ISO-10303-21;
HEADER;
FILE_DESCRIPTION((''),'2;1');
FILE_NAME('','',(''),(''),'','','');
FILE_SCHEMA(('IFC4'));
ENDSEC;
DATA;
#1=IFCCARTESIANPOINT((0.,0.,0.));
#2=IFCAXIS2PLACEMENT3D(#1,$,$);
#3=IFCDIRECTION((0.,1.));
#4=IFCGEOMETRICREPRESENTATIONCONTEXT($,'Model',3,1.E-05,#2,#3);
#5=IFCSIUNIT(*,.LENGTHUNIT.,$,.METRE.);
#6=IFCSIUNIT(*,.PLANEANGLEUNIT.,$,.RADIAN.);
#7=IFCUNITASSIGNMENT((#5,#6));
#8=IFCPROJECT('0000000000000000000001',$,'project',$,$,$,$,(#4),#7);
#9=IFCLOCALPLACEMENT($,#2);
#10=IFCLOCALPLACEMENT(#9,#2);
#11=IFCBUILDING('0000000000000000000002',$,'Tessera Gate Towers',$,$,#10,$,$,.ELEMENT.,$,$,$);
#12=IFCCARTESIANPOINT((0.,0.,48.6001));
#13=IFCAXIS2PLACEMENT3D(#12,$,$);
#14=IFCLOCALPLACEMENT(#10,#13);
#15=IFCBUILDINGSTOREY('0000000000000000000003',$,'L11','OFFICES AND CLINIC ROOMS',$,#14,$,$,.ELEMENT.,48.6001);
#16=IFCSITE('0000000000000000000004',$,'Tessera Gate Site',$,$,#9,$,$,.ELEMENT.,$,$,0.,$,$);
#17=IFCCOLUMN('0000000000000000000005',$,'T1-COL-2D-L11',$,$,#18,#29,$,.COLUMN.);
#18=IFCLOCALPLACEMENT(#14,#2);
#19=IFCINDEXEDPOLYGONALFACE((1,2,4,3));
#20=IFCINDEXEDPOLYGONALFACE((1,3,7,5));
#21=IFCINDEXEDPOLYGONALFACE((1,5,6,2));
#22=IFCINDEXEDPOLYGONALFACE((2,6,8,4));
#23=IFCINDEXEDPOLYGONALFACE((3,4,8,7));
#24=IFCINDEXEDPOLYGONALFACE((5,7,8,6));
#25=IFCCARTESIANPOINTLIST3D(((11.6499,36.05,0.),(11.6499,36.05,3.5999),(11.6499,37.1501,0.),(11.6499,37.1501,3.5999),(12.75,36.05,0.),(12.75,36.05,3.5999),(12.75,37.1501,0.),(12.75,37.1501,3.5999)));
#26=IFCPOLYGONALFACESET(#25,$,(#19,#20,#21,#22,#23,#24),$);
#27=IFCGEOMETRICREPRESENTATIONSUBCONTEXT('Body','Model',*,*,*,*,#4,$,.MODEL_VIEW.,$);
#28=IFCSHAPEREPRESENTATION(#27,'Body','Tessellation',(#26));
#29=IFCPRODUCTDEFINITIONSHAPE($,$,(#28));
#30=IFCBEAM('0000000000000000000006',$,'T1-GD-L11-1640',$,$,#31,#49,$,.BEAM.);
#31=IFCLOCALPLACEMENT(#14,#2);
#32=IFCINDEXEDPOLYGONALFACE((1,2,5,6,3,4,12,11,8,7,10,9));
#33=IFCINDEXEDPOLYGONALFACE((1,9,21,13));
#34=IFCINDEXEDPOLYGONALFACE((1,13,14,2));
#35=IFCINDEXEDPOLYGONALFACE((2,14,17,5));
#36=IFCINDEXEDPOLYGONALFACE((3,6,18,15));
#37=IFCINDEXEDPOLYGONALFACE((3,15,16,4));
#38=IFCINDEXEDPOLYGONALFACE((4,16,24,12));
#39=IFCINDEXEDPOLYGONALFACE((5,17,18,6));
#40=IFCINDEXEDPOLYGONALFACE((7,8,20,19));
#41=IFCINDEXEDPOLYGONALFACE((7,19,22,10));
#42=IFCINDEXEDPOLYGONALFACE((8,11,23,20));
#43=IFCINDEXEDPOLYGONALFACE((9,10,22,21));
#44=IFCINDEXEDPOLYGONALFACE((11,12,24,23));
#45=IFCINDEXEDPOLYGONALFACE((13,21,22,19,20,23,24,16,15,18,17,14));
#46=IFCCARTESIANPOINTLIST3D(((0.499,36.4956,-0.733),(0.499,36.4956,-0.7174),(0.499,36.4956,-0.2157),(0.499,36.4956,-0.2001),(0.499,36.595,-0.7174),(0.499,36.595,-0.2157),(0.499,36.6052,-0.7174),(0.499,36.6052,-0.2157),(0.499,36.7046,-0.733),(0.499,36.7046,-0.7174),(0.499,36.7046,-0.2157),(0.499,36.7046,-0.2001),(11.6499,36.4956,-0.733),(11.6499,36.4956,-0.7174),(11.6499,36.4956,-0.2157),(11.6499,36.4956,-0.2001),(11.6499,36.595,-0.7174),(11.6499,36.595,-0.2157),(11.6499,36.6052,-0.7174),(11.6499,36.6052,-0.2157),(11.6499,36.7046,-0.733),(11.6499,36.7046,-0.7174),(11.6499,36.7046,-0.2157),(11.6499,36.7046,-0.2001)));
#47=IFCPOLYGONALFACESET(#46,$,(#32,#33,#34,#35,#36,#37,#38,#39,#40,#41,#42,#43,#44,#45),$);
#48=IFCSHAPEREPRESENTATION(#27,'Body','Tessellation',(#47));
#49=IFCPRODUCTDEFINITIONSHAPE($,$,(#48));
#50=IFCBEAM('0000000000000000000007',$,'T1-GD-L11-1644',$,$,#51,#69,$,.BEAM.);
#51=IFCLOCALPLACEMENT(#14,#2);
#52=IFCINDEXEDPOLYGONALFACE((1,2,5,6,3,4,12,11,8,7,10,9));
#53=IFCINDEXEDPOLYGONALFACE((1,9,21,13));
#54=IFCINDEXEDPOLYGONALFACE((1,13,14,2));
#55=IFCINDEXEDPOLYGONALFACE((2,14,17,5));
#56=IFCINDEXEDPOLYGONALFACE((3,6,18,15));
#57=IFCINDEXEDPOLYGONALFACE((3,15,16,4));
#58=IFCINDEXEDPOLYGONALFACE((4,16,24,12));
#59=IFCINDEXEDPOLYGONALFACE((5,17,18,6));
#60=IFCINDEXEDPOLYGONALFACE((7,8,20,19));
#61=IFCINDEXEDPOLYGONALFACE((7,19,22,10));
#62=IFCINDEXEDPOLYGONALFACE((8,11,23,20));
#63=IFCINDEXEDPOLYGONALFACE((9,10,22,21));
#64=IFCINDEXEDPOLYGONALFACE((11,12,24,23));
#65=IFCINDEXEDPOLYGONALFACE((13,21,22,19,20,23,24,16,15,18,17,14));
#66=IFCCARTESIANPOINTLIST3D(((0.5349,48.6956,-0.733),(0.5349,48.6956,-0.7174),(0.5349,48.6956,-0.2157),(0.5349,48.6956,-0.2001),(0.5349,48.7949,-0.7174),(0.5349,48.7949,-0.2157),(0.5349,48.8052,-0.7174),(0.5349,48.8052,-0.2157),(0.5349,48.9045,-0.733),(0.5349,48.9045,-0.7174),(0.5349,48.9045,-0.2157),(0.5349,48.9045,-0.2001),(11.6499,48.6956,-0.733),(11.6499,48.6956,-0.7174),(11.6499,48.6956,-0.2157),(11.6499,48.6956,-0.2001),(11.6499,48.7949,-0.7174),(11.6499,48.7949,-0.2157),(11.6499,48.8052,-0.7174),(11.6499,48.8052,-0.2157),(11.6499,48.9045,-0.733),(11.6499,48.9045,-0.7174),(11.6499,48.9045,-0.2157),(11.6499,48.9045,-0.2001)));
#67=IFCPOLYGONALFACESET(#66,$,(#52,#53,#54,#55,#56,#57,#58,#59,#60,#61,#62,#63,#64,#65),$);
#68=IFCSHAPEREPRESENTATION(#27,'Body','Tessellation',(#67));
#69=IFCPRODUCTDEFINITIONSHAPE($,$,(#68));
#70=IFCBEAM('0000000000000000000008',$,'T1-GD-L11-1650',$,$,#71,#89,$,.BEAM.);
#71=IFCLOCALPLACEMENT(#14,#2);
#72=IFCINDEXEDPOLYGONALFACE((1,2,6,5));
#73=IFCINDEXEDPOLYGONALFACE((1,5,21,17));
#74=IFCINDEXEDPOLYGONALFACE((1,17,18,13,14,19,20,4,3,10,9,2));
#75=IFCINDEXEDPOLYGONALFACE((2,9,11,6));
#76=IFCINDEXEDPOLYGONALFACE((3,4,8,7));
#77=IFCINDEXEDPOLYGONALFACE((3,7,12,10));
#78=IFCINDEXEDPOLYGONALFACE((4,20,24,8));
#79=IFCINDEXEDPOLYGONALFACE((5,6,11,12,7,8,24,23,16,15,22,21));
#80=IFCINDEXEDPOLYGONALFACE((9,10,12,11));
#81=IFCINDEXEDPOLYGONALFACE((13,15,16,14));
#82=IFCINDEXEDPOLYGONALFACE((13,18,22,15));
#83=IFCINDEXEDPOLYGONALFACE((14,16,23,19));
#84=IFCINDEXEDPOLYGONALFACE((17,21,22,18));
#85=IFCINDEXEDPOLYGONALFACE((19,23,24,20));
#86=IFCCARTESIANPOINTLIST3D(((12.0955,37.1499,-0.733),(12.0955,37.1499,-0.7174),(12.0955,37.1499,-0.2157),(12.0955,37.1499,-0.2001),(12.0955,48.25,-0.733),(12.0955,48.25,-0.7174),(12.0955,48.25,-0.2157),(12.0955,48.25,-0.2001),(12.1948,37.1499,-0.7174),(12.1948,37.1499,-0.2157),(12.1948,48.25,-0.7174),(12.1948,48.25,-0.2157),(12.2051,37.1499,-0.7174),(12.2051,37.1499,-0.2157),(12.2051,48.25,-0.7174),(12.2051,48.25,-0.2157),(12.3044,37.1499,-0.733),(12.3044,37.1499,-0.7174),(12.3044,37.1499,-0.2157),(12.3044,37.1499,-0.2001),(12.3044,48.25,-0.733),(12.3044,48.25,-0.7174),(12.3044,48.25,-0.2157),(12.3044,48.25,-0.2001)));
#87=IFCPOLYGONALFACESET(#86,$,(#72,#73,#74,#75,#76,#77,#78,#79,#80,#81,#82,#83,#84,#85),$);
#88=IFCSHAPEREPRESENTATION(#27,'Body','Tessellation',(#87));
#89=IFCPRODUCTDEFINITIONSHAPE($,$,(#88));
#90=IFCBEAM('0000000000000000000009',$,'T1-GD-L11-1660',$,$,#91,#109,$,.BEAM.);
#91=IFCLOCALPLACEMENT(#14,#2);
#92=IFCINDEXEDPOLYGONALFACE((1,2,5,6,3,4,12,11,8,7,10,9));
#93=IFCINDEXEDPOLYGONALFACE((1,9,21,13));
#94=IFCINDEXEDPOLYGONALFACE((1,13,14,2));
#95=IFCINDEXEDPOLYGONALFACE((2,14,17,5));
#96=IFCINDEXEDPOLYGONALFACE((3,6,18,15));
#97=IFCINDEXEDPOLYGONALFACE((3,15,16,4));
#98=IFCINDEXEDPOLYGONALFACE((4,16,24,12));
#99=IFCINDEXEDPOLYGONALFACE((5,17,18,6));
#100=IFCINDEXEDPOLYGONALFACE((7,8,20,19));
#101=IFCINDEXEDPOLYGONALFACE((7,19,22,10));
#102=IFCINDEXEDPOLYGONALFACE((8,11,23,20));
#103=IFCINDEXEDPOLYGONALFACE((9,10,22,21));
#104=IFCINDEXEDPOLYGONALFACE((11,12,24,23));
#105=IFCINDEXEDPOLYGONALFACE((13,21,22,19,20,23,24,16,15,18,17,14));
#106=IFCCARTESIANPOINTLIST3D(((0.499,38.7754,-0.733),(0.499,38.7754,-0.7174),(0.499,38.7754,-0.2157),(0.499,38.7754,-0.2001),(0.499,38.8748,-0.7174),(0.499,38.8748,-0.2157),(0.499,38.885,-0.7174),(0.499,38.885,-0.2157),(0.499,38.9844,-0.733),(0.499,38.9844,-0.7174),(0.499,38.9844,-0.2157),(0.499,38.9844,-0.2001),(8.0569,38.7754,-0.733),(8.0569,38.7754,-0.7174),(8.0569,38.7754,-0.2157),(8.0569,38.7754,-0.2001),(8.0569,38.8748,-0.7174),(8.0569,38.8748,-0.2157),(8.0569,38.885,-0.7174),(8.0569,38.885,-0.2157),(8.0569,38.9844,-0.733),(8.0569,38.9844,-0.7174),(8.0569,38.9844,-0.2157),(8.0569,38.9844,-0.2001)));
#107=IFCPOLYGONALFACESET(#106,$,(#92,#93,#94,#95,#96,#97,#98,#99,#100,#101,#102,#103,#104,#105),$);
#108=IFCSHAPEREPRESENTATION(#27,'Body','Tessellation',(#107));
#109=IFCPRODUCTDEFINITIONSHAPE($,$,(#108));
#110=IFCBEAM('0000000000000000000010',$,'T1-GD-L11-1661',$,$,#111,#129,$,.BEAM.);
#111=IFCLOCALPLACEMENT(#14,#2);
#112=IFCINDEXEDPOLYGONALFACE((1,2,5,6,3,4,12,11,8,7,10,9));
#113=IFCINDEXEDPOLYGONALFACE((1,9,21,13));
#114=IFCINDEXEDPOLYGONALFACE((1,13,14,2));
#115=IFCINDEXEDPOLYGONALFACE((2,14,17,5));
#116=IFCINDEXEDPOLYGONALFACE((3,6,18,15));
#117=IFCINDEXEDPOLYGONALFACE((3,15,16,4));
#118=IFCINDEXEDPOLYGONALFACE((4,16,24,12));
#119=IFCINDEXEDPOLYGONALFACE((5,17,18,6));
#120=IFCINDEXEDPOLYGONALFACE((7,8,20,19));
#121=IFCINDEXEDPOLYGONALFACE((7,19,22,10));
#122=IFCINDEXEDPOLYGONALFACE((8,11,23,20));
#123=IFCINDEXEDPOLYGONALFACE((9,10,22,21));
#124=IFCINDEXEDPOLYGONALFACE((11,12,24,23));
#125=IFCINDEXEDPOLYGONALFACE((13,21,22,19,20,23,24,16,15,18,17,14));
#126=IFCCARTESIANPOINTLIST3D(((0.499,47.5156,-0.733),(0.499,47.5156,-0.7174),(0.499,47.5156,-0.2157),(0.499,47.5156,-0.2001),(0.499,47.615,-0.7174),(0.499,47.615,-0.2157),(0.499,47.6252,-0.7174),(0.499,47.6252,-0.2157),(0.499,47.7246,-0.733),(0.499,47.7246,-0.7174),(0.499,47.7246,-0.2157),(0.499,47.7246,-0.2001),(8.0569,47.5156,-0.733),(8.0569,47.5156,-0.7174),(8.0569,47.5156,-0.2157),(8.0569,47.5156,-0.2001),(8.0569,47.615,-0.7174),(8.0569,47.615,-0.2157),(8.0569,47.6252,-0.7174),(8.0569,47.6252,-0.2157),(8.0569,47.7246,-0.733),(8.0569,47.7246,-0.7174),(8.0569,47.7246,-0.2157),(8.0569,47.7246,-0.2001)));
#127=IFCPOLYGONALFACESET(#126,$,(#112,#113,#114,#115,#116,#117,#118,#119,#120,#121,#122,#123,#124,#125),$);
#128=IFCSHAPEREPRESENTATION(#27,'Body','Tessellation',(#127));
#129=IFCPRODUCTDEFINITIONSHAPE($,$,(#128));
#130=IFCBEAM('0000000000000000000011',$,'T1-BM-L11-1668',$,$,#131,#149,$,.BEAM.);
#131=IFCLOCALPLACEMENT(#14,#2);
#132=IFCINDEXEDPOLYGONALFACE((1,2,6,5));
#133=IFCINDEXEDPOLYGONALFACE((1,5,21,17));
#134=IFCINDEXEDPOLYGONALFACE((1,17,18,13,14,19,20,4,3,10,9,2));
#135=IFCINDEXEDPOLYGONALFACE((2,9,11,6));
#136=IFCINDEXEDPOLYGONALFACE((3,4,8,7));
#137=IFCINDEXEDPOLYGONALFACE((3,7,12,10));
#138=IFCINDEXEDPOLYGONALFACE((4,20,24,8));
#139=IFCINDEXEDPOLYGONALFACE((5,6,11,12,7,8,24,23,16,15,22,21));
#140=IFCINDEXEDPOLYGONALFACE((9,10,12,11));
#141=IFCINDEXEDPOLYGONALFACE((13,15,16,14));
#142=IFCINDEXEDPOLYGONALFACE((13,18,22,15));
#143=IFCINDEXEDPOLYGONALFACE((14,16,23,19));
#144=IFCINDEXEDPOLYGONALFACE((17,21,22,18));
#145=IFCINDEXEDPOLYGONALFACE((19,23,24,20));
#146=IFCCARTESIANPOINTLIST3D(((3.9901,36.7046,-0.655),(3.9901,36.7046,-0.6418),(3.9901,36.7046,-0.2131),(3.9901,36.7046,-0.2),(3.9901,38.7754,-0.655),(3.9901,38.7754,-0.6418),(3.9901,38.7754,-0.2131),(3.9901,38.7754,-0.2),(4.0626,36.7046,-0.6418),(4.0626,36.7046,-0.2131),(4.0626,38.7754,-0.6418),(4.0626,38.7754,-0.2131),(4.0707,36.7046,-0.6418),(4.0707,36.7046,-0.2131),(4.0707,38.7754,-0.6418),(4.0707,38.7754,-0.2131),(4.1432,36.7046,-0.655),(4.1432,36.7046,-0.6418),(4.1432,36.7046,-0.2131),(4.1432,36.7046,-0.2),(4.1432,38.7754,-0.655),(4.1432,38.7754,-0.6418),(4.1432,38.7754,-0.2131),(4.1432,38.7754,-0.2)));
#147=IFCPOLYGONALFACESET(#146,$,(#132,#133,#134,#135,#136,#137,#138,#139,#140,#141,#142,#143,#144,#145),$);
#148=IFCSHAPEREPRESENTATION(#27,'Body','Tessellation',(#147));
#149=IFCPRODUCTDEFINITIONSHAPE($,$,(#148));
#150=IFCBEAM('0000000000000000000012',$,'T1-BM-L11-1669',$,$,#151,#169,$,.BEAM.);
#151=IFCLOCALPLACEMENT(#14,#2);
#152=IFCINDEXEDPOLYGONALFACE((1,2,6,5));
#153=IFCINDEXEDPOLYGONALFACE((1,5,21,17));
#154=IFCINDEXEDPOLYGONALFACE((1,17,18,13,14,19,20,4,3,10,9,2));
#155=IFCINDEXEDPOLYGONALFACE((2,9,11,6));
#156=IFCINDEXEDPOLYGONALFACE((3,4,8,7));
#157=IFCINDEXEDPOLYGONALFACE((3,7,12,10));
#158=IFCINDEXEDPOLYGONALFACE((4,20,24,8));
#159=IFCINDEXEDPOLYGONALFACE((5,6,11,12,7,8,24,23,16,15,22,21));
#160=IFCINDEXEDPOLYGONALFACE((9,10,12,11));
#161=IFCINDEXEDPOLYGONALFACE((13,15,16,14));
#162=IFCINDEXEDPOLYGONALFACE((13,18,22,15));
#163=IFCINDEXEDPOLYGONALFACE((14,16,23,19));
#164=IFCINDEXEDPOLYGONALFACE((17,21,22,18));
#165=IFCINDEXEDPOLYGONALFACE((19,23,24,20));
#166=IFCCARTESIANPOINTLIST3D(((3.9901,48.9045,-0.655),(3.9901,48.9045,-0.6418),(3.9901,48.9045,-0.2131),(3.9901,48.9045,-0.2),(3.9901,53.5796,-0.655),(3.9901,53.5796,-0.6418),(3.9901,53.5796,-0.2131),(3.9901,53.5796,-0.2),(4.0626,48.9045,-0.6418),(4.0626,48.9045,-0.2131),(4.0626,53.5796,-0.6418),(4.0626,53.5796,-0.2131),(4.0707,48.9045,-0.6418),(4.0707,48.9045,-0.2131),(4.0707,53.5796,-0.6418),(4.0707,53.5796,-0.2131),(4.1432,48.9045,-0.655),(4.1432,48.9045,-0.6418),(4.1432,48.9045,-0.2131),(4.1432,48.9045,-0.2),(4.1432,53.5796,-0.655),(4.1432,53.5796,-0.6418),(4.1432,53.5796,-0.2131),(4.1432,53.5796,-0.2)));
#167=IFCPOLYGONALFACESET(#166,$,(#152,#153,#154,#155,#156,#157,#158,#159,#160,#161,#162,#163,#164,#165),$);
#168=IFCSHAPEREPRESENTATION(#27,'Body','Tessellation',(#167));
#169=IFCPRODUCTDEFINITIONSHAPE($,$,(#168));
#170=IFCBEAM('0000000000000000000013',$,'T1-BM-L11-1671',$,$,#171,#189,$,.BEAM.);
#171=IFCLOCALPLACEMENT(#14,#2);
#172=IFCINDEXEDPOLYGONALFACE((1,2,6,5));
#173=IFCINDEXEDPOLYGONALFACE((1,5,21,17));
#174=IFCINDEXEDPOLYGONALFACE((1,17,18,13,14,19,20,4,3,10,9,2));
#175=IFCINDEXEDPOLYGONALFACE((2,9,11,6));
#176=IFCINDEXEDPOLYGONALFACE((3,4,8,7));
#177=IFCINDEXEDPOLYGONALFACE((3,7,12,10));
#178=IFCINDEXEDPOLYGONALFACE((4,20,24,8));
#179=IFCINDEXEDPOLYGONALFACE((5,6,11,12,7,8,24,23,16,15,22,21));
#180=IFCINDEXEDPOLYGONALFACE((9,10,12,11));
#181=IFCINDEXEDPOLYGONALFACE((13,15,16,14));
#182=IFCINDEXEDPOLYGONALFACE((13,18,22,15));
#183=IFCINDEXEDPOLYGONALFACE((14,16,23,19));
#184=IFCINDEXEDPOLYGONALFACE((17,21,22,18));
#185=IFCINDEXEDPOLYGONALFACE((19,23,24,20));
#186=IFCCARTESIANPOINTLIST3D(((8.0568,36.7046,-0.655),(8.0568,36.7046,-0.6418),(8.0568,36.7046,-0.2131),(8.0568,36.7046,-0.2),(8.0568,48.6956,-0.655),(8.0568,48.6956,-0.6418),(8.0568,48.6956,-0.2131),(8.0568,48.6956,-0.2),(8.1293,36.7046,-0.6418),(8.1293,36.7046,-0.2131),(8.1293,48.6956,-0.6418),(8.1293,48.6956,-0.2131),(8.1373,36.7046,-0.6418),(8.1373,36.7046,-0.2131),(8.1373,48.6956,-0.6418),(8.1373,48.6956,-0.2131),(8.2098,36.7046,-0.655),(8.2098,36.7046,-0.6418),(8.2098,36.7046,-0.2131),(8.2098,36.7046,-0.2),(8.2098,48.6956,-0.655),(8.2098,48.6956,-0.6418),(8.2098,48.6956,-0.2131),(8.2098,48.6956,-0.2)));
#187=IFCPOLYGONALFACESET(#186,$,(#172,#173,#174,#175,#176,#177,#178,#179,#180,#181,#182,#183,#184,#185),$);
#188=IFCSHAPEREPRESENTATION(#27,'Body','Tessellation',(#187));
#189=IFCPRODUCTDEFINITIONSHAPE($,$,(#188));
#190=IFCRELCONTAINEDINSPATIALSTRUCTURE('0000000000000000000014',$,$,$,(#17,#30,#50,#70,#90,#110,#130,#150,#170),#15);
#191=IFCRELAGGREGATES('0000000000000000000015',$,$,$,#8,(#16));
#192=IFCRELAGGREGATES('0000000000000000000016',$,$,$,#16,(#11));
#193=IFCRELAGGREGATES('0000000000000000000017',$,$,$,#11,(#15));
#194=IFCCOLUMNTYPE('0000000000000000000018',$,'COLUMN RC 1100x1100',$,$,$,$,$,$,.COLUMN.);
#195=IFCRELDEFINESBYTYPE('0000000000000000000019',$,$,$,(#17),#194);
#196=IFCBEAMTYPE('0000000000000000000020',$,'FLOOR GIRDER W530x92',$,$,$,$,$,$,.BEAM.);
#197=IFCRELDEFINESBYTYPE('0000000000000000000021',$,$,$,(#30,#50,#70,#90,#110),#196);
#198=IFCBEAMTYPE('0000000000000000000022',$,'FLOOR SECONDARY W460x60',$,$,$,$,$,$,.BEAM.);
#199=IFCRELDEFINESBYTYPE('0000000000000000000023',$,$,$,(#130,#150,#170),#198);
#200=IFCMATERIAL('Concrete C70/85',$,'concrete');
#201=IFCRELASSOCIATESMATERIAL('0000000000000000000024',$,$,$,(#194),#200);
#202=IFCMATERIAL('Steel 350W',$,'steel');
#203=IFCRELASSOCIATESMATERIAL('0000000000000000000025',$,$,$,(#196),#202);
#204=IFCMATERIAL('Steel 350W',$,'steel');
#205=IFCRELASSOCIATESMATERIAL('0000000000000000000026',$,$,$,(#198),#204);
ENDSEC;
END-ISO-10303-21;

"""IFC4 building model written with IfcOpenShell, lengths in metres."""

from ifc_helpers import new_model, si_unit, direction, frame, origin, origin_2d, place, context, subcontext, project, spatial, rectangle, i_section, extrude, material, material_profile, profile_set, type_object, element, save


model = new_model("IFC4")

# Units and contexts
model_context = context("Model", 3, precision=1e-05, world=origin(), true_north=direction((0.0, 1.0)))
body_context = subcontext(model_context, "Body", "Model", "MODEL_VIEW")
ifc_project = project(units=[si_unit("LENGTHUNIT", "METRE"), si_unit("PLANEANGLEUNIT", "RADIAN")], contexts=[model_context])

# Site, building, storey
site_placement = place(None, origin())
site = spatial("IfcSite", under=ifc_project, at=site_placement, Name="Tessera Gate Site", CompositionType="ELEMENT", RefElevation=0.0)
building_placement = place(site_placement, origin())
building = spatial("IfcBuilding", under=site, at=building_placement, Name="Tessera Gate Towers", CompositionType="ELEMENT")
storey_placement = place(building_placement, frame((0.0, 0.0, 48.6001)))
storey = spatial("IfcBuildingStorey", under=building, at=storey_placement, Name="L11", Description="OFFICES AND CLINIC ROOMS", CompositionType="ELEMENT", Elevation=48.6001)

# Column
ifc_material_1 = material(Name="Concrete C70/85", Category="concrete")
ifc_material_profile_1 = material_profile(ifc_material_1, rectangle(XDim=1.1001, YDim=1.1001, at=origin_2d()), Name="RC 1100x1100")
ifc_profile_set_1 = profile_set([ifc_material_profile_1], Name="Concrete C70/85")
column_type = type_object("IfcColumnType", Name="COLUMN RC 1100x1100", PredefinedType="COLUMN", material=ifc_profile_set_1)
column_placement = place(storey_placement, frame((12.2, 36.6001, 0.0), z_axis=(0.0, 0.0, 1.0), x_axis=(1.0, 0.0, 0.0)))
element("IfcColumn", 1, at=column_placement, inside=storey, type_object=column_type, Name="T1-COL-2D-L11", PredefinedType="COLUMN", context=body_context, shape_type="SweptSolid", body=[
    extrude(rectangle(XDim=1.1001, YDim=1.1001, at=origin_2d()), origin(), (0.0, 0.0, 1.0), 3.5999),
])

# Beams
ifc_material_2 = material(Name="Steel 350W", Category="steel")
ifc_material_profile_2 = material_profile(ifc_material_2, i_section(OverallWidth=0.209, OverallDepth=0.533, WebThickness=0.0103, FlangeThickness=0.0156, at=origin_2d()), Name="W530x92")
ifc_profile_set_2 = profile_set([ifc_material_profile_2], Name="Steel 350W")
beam_type_1 = type_object("IfcBeamType", Name="FLOOR GIRDER W530x92", PredefinedType="BEAM", material=ifc_profile_set_2)
beam_1_placement = place(storey_placement, frame((0.499, 36.6001, -0.4666), z_axis=(1.0, 0.0, 0.0), x_axis=(0.0, 1.0, 0.0)))
element("IfcBeam", 2, at=beam_1_placement, inside=storey, type_object=beam_type_1, Name="T1-GD-L11-1640", PredefinedType="BEAM", context=body_context, shape_type="SweptSolid", body=[
    extrude(i_section(OverallWidth=0.209, OverallDepth=0.533, WebThickness=0.0103, FlangeThickness=0.0156, at=origin_2d()), origin(), (0.0, 0.0, 1.0), 11.1509),
])
beam_2_placement = place(storey_placement, frame((0.5349, 48.8, -0.4666), z_axis=(1.0, 0.0, 0.0), x_axis=(0.0, 1.0, 0.0)))
element("IfcBeam", 3, at=beam_2_placement, inside=storey, type_object=beam_type_1, Name="T1-GD-L11-1644", PredefinedType="BEAM", context=body_context, shape_type="SweptSolid", body=[
    extrude(i_section(OverallWidth=0.209, OverallDepth=0.533, WebThickness=0.0103, FlangeThickness=0.0156, at=origin_2d()), origin(), (0.0, 0.0, 1.0), 11.115),
])
beam_3_placement = place(storey_placement, frame((12.2, 37.1499, -0.4666), z_axis=(0.0, 1.0, 0.0), x_axis=(-1.0, 0.0, 0.0)))
element("IfcBeam", 4, at=beam_3_placement, inside=storey, type_object=beam_type_1, Name="T1-GD-L11-1650", PredefinedType="BEAM", context=body_context, shape_type="SweptSolid", body=[
    extrude(i_section(OverallWidth=0.209, OverallDepth=0.533, WebThickness=0.0103, FlangeThickness=0.0156, at=origin_2d()), origin(), (0.0, 0.0, 1.0), 11.1001),
])
for number, where, z_axis, x_axis, name in (
    (5, (0.499, 38.8799, -0.4666), (1.0, 0.0, 0.0), (0.0, 1.0, 0.0), "T1-GD-L11-1660"),
    (6, (0.499, 47.6201, -0.4666), (1.0, 0.0, 0.0), (0.0, 1.0, 0.0), "T1-GD-L11-1661"),
):
    element("IfcBeam", number, at=place(storey_placement, frame(where, z_axis=z_axis, x_axis=x_axis)), inside=storey, type_object=beam_type_1, Name=name, PredefinedType="BEAM", context=body_context, shape_type="SweptSolid", body=[
        extrude(i_section(OverallWidth=0.209, OverallDepth=0.533, WebThickness=0.0103, FlangeThickness=0.0156, at=origin_2d()), origin(), (0.0, 0.0, 1.0), 7.5579),
    ])
ifc_material_3 = material(Name="Steel 350W", Category="steel")
ifc_material_profile_3 = material_profile(ifc_material_3, i_section(OverallWidth=0.1531, OverallDepth=0.4551, WebThickness=0.0081, FlangeThickness=0.0132, at=origin_2d()), Name="W460x60")
ifc_profile_set_3 = profile_set([ifc_material_profile_3], Name="Steel 350W")
beam_type_2 = type_object("IfcBeamType", Name="FLOOR SECONDARY W460x60", PredefinedType="BEAM", material=ifc_profile_set_3)
beam_4_placement = place(storey_placement, frame((4.0667, 36.7046, -0.4275), z_axis=(0.0, 1.0, 0.0), x_axis=(-1.0, 0.0, 0.0)))
element("IfcBeam", 7, at=beam_4_placement, inside=storey, type_object=beam_type_2, Name="T1-BM-L11-1668", PredefinedType="BEAM", context=body_context, shape_type="SweptSolid", body=[
    extrude(i_section(OverallWidth=0.1531, OverallDepth=0.4551, WebThickness=0.0081, FlangeThickness=0.0132, at=origin_2d()), origin(), (0.0, 0.0, 1.0), 2.0708),
])
beam_5_placement = place(storey_placement, frame((4.0667, 48.9045, -0.4275), z_axis=(0.0, 1.0, 0.0), x_axis=(-1.0, 0.0, 0.0)))
element("IfcBeam", 8, at=beam_5_placement, inside=storey, type_object=beam_type_2, Name="T1-BM-L11-1669", PredefinedType="BEAM", context=body_context, shape_type="SweptSolid", body=[
    extrude(i_section(OverallWidth=0.1531, OverallDepth=0.4551, WebThickness=0.0081, FlangeThickness=0.0132, at=origin_2d()), origin(), (0.0, 0.0, 1.0), 4.675),
])
beam_6_placement = place(storey_placement, frame((8.1333, 36.7046, -0.4275), z_axis=(0.0, 1.0, 0.0), x_axis=(-1.0, 0.0, 0.0)))
element("IfcBeam", 9, at=beam_6_placement, inside=storey, type_object=beam_type_2, Name="T1-BM-L11-1671", PredefinedType="BEAM", context=body_context, shape_type="SweptSolid", body=[
    extrude(i_section(OverallWidth=0.1531, OverallDepth=0.4551, WebThickness=0.0081, FlangeThickness=0.0132, at=origin_2d()), origin(), (0.0, 0.0, 1.0), 11.991),
])

save(model, "model.ifc")
